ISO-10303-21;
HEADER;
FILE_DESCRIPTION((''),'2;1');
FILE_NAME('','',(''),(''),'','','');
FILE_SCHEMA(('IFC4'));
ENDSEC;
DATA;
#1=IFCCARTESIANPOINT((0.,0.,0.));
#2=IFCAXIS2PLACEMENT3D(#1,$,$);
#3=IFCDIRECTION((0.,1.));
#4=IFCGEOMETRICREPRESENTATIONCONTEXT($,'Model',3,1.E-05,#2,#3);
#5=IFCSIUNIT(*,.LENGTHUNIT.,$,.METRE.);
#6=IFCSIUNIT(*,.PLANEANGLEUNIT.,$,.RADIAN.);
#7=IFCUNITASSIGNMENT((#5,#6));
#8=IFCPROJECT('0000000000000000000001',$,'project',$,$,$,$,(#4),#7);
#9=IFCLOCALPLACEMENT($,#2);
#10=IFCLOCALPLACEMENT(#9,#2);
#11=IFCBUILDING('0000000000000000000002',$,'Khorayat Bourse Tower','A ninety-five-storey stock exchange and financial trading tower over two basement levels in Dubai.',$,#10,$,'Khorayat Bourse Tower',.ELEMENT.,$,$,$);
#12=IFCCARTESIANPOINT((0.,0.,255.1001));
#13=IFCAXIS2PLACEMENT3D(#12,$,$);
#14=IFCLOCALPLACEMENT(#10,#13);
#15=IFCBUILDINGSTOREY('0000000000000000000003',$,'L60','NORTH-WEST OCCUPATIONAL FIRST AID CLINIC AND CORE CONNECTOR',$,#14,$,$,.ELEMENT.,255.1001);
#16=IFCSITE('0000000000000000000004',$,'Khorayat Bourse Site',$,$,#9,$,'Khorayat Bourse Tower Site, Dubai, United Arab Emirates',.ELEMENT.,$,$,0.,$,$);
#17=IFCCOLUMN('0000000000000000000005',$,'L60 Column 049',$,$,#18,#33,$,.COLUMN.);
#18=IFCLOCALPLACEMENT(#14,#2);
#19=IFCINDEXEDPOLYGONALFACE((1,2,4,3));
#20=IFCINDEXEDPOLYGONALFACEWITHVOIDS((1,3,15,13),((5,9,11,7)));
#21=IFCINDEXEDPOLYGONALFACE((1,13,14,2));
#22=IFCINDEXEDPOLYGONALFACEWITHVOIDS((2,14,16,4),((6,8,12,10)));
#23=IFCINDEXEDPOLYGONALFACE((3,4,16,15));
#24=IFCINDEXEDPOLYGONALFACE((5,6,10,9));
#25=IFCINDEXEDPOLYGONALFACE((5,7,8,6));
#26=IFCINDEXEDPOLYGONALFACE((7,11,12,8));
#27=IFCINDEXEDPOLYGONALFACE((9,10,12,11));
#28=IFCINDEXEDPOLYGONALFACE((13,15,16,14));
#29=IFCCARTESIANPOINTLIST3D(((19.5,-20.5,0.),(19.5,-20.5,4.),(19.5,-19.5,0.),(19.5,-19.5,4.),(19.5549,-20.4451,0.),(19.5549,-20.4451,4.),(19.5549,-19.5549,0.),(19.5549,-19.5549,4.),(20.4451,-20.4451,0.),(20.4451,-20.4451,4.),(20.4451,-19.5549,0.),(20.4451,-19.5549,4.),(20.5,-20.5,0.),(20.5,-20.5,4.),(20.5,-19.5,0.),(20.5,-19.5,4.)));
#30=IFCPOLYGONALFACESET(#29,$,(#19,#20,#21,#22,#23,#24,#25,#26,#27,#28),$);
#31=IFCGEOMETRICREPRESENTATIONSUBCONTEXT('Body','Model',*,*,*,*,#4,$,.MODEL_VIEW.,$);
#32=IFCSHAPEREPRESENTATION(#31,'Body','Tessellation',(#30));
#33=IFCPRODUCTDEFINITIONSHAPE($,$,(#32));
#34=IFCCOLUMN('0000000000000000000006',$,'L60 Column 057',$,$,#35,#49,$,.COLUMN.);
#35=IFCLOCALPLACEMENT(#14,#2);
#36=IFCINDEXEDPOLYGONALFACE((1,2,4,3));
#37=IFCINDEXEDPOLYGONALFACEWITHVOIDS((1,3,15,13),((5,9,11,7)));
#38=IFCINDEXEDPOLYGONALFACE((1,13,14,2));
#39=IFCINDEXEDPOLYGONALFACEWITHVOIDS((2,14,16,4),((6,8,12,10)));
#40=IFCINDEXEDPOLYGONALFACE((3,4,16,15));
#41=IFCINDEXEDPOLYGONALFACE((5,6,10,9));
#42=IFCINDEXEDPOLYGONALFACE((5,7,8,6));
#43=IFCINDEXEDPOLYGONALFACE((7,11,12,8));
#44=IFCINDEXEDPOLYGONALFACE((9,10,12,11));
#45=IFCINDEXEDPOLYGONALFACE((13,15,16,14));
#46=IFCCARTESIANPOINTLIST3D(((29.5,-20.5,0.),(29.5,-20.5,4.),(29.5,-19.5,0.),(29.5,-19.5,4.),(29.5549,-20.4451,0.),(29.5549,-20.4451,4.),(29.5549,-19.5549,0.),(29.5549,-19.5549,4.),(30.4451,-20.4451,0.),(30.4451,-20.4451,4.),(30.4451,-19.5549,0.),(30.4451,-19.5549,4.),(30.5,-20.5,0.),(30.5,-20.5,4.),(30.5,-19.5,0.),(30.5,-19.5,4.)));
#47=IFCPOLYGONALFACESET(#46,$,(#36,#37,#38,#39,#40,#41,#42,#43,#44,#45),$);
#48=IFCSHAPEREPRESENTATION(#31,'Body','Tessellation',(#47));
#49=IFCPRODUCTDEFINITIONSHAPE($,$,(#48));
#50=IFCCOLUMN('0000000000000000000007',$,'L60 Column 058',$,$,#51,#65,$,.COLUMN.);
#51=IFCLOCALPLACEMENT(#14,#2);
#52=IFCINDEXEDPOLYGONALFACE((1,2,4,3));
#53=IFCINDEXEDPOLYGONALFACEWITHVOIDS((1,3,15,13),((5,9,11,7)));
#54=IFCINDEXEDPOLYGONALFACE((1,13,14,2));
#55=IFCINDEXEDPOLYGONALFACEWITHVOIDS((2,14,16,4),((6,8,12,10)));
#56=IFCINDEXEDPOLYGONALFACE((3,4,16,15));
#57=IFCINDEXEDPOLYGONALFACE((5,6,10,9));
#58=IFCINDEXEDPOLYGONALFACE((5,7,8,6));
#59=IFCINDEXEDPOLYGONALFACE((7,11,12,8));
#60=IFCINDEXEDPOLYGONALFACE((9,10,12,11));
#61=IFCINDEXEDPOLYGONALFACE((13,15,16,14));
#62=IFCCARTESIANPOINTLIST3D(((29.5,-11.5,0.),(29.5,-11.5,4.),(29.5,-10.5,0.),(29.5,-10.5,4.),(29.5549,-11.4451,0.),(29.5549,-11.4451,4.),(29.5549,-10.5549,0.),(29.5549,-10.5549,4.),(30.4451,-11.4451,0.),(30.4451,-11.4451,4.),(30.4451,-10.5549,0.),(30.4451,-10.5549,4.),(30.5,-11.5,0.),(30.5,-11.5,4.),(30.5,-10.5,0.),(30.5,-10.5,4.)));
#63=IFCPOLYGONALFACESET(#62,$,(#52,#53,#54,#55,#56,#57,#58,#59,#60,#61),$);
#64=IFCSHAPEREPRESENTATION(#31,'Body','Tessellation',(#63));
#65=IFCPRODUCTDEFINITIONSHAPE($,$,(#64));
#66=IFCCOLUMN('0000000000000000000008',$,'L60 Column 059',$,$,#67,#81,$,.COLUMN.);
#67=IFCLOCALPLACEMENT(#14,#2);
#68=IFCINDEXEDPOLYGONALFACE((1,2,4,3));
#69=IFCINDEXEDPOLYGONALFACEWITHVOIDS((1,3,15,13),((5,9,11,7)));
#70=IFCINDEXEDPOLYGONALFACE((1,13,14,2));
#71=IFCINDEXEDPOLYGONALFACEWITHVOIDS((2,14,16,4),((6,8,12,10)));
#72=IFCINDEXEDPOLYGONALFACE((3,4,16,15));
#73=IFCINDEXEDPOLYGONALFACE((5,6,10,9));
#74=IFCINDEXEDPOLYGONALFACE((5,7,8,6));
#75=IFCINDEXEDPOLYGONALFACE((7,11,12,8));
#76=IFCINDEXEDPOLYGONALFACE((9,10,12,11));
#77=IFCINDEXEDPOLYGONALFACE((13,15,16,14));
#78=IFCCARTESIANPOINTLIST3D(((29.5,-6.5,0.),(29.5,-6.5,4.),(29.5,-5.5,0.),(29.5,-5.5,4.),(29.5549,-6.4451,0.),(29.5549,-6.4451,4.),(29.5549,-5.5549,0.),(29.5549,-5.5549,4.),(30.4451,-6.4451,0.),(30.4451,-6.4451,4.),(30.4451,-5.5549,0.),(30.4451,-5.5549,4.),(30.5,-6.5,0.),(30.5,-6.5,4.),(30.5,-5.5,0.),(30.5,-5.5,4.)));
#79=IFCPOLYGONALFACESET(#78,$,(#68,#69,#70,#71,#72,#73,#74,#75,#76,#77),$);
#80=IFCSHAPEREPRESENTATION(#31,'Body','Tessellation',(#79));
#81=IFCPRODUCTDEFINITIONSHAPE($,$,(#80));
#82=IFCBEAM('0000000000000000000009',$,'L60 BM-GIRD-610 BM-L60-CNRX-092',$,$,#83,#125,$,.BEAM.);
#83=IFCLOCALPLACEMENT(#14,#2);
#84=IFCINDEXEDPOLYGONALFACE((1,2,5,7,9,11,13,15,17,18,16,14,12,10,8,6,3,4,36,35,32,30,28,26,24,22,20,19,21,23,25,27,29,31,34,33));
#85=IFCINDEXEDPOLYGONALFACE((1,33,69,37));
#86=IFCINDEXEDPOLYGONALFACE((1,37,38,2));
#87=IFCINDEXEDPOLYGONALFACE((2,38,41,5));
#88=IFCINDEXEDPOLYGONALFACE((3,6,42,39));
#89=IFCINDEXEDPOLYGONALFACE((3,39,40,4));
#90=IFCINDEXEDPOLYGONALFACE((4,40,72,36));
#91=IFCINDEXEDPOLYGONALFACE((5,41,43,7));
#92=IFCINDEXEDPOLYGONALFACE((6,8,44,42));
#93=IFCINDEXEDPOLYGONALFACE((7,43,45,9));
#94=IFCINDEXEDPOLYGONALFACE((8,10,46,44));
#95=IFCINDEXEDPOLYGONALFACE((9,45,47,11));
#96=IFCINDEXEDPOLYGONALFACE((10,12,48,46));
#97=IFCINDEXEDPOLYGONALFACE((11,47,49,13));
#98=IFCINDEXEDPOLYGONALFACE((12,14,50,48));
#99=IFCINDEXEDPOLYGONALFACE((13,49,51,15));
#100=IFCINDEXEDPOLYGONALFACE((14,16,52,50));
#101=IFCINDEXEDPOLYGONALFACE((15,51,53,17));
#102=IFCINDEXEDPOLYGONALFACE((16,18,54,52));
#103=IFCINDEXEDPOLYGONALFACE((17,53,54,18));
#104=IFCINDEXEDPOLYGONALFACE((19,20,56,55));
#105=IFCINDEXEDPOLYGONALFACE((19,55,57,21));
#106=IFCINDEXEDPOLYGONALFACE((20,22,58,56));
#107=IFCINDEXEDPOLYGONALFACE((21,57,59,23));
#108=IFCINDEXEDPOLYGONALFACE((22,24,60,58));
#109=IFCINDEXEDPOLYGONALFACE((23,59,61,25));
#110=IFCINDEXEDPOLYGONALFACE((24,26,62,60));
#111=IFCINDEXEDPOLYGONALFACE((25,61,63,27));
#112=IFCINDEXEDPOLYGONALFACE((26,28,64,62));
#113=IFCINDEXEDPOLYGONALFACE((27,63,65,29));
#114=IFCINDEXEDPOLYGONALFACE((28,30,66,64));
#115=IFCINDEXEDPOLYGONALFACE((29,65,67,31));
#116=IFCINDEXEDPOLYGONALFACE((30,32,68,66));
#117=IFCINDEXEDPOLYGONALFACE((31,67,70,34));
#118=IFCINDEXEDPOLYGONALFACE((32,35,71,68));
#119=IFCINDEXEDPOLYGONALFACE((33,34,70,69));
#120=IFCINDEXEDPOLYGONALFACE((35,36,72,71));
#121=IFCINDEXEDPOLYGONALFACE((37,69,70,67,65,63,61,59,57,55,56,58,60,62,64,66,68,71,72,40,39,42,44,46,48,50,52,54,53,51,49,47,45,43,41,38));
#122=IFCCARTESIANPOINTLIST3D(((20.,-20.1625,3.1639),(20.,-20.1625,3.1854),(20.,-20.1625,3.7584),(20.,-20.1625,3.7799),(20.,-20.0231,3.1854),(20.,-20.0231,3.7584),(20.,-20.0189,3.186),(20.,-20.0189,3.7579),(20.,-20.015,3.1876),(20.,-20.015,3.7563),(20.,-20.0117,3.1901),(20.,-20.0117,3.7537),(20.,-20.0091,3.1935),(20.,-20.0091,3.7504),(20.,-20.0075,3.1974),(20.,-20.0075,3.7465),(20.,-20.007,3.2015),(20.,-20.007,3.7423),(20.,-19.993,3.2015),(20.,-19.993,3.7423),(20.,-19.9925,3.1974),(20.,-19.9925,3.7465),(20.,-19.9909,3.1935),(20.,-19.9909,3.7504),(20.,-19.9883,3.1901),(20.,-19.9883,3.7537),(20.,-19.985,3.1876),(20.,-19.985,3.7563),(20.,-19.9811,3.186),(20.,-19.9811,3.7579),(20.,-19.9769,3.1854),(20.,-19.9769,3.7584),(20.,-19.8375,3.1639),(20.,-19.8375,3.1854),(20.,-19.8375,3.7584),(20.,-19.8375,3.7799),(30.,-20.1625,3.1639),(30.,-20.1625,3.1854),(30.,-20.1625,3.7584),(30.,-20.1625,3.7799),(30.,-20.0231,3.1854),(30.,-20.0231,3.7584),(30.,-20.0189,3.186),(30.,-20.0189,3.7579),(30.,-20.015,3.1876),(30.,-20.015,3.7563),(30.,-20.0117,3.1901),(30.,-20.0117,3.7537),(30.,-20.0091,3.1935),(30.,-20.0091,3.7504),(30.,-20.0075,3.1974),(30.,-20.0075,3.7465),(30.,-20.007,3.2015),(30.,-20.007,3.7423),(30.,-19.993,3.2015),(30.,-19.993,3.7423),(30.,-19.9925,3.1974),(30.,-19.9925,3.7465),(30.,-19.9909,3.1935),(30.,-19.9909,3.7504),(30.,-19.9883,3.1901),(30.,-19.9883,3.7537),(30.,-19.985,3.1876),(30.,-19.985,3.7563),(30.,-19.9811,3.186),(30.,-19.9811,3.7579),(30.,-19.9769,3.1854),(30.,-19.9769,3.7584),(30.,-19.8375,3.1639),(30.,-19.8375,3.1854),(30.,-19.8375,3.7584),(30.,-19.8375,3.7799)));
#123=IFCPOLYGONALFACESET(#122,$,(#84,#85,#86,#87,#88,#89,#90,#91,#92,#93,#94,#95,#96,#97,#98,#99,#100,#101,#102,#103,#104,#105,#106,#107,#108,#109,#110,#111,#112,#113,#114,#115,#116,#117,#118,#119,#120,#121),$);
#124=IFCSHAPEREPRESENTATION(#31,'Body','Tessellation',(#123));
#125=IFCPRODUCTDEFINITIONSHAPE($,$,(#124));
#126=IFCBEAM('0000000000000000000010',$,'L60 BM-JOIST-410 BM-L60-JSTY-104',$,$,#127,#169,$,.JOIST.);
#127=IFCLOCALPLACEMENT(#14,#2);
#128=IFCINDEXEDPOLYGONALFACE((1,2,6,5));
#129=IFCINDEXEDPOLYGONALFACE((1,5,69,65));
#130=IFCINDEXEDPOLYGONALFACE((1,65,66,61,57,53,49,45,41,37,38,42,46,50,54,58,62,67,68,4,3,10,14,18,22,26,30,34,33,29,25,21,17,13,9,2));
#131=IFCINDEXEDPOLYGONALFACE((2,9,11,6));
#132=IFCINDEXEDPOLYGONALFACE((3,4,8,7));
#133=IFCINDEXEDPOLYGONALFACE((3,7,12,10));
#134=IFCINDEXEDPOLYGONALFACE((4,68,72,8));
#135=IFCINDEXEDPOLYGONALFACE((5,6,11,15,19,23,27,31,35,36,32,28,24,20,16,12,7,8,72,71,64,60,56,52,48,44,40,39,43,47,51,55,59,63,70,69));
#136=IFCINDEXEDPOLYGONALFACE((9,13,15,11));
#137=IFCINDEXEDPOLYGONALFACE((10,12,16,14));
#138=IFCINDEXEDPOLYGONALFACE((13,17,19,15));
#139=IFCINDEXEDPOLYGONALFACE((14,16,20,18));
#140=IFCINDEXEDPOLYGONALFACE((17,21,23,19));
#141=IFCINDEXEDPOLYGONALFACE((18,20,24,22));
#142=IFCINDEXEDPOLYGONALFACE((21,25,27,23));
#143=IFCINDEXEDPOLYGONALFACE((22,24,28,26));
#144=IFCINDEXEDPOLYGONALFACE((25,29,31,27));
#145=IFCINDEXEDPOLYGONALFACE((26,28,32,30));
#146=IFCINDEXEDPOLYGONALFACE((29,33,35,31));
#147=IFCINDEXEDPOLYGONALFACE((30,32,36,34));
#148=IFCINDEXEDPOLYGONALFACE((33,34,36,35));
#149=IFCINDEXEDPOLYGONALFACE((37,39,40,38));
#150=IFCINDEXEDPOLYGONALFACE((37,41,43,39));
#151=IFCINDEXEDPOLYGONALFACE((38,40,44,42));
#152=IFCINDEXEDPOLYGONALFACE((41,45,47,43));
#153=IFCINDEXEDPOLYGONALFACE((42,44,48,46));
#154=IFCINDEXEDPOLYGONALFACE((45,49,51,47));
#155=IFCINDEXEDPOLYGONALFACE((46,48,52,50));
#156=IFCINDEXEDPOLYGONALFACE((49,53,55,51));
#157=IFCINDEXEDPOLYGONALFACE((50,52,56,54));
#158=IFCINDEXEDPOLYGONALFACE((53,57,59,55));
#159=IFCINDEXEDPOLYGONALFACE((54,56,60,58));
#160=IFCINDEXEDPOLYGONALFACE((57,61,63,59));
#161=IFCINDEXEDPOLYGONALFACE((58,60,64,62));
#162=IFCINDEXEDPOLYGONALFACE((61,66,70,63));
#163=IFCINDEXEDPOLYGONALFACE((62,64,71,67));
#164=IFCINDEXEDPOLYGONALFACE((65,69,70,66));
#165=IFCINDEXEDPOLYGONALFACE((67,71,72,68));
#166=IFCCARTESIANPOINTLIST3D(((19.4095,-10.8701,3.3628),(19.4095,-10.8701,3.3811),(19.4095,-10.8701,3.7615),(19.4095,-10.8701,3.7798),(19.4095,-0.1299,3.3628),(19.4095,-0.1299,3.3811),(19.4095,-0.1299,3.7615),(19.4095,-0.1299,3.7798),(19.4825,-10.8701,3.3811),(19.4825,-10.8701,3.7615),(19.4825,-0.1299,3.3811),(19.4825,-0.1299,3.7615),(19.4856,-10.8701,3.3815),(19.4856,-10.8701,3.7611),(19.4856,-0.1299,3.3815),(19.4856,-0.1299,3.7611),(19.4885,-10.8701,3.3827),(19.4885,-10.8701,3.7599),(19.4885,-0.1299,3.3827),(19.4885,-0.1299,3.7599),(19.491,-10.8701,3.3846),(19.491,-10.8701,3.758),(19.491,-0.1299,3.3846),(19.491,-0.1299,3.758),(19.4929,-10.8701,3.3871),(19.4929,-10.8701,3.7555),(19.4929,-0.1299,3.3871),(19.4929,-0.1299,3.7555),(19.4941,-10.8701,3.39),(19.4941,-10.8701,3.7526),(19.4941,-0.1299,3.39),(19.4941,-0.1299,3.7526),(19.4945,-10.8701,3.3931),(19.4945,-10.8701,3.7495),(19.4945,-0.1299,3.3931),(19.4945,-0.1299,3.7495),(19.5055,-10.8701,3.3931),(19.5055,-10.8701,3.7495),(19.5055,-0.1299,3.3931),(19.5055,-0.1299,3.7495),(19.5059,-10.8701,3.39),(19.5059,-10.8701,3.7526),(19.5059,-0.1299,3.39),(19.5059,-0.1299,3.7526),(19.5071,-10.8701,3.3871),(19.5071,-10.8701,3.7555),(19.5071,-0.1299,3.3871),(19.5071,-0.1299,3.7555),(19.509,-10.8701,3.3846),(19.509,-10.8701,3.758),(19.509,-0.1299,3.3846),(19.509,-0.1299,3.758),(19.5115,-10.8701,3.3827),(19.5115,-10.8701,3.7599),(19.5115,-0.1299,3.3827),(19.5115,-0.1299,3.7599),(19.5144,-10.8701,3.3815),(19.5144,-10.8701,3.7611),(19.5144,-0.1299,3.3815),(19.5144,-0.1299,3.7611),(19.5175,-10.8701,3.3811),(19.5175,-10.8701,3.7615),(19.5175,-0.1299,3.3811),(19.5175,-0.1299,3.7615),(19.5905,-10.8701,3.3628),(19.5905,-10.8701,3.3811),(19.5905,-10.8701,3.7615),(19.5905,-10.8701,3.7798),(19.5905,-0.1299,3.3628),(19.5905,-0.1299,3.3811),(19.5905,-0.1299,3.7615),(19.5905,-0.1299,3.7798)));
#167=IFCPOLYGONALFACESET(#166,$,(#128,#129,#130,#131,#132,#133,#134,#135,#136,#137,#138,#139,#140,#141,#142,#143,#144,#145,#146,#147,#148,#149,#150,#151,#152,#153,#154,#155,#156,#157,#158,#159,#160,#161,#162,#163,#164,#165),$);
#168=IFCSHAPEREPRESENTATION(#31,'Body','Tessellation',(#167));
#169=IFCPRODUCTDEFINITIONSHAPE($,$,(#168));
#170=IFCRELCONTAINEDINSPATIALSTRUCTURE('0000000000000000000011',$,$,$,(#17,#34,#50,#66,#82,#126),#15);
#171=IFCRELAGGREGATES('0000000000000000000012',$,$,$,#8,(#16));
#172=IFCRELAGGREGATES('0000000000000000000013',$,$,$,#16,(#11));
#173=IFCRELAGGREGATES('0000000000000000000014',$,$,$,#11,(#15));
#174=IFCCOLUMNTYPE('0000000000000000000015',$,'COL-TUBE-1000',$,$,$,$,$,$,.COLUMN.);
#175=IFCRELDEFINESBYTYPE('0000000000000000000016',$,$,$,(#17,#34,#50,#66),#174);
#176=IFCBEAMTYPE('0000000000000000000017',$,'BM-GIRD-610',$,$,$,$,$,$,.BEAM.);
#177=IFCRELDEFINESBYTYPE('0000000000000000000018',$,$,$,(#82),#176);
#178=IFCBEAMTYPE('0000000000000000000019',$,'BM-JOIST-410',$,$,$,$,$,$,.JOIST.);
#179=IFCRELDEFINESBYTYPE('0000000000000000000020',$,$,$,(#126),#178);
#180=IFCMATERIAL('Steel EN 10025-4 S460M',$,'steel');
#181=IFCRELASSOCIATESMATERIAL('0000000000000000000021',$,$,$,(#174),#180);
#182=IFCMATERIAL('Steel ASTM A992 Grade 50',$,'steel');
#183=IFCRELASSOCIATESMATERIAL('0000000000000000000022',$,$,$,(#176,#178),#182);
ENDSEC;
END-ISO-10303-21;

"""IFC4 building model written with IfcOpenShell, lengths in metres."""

from ifc_helpers import new_model, si_unit, direction, frame, origin, origin_2d, place, context, subcontext, project, spatial, hollow_rectangle, i_section, extrude, source, transform, mapped, material, material_profile, profile_set, type_object, element, save


model = new_model("IFC4")

# Units and contexts
model_context = context("Model", 3, precision=1e-05, world=origin(), true_north=direction((0.0, 1.0)))
body_context = subcontext(model_context, "Body", "Model", "MODEL_VIEW")
ifc_project = project(units=[si_unit("LENGTHUNIT", "METRE"), si_unit("PLANEANGLEUNIT", "RADIAN")], contexts=[model_context])

# Site, building, storey
site_placement = place(None, origin())
site = spatial("IfcSite", under=ifc_project, at=site_placement, Name="Khorayat Bourse Site", LongName="Khorayat Bourse Tower Site, Dubai, United Arab Emirates", CompositionType="ELEMENT", RefElevation=0.0)
building_placement = place(site_placement, origin())
building = spatial("IfcBuilding", under=site, at=building_placement, Name="Khorayat Bourse Tower", Description="A ninety-five-storey stock exchange and financial trading tower over two basement levels in Dubai.", LongName="Khorayat Bourse Tower", CompositionType="ELEMENT")
storey_placement = place(building_placement, frame((0.0, 0.0, 255.1001)))
storey = spatial("IfcBuildingStorey", under=building, at=storey_placement, Name="L60", Description="NORTH-WEST OCCUPATIONAL FIRST AID CLINIC AND CORE CONNECTOR", CompositionType="ELEMENT", Elevation=255.1001)

# Columns
ifc_material_1 = material(Name="Steel EN 10025-4 S460M", Category="steel")
ifc_material_profile_1 = material_profile(ifc_material_1, hollow_rectangle(XDim=1.0, YDim=1.0, WallThickness=0.0549, at=origin_2d()), Name="BOX 1000x1000x55")
ifc_profile_set_1 = profile_set([ifc_material_profile_1], Name="Steel EN 10025-4 S460M")
column_type = type_object("IfcColumnType", Name="COL-TUBE-1000", PredefinedType="COLUMN", material=ifc_profile_set_1)
shared_shape_1 = source(origin(), body_context, "Body", "SweptSolid", [
    extrude(hollow_rectangle(XDim=1.0, YDim=1.0, WallThickness=0.0549, at=origin_2d()), origin(), (0.0, 0.0, 1.0), 4.0),
])
for number, where, z_axis, x_axis, name in (
    (1, (20.0, -20.0, 0.0), (0.0, 0.0, 1.0), (1.0, 0.0, 0.0), "L60 Column 049"),
    (2, (30.0, -20.0, 0.0), (0.0, 0.0, 1.0), (1.0, 0.0, 0.0), "L60 Column 057"),
    (3, (30.0, -11.0, 0.0), (0.0, 0.0, 1.0), (1.0, 0.0, 0.0), "L60 Column 058"),
    (4, (30.0, -6.0, 0.0), (0.0, 0.0, 1.0), (1.0, 0.0, 0.0), "L60 Column 059"),
):
    element("IfcColumn", number, at=place(storey_placement, frame(where, z_axis=z_axis, x_axis=x_axis)), inside=storey, type_object=column_type, Name=name, PredefinedType="COLUMN", context=body_context, shape_type="MappedRepresentation", body=[
        mapped(shared_shape_1, transform((0.0, 0.0, 0.0), scale=1.0)),
    ])

# Beams
ifc_material_2 = material(Name="Steel ASTM A992 Grade 50", Category="steel")
ifc_material_profile_2 = material_profile(ifc_material_2, i_section(OverallWidth=0.325, OverallDepth=0.616, WebThickness=0.0139, FlangeThickness=0.0215, FilletRadius=0.0161, at=origin_2d()), Name="W610X174")
ifc_profile_set_2 = profile_set([ifc_material_profile_2], Name="Steel ASTM A992 Grade 50")
beam_type_1 = type_object("IfcBeamType", Name="BM-GIRD-610", PredefinedType="BEAM", material=ifc_profile_set_2)
shared_shape_2 = source(origin(), body_context, "Body", "SweptSolid", [
    extrude(i_section(OverallWidth=0.325, OverallDepth=0.616, WebThickness=0.0139, FlangeThickness=0.0215, FilletRadius=0.0161, at=origin_2d()), origin(), (0.0, 0.0, 1.0), 10.0),
])
beam_1_placement = place(storey_placement, frame((20.0, -20.0, 3.4719), z_axis=(1.0, 0.0, 0.0), x_axis=(0.0, 1.0, 0.0)))
element("IfcBeam", 5, at=beam_1_placement, inside=storey, type_object=beam_type_1, Name="L60 BM-GIRD-610 BM-L60-CNRX-092", PredefinedType="BEAM", context=body_context, shape_type="MappedRepresentation", body=[
    mapped(shared_shape_2, transform((0.0, 0.0, 0.0), scale=1.0)),
])
ifc_material_profile_3 = material_profile(ifc_material_2, i_section(OverallWidth=0.1809, OverallDepth=0.417, WebThickness=0.011, FlangeThickness=0.0183, FilletRadius=0.012, at=origin_2d()), Name="W410X85")
ifc_profile_set_3 = profile_set([ifc_material_profile_3], Name="Steel ASTM A992 Grade 50")
beam_type_2 = type_object("IfcBeamType", Name="BM-JOIST-410", PredefinedType="JOIST", material=ifc_profile_set_3)
shared_shape_3 = source(origin(), body_context, "Body", "SweptSolid", [
    extrude(i_section(OverallWidth=0.1809, OverallDepth=0.417, WebThickness=0.011, FlangeThickness=0.0183, FilletRadius=0.012, at=origin_2d()), origin(), (0.0, 0.0, 1.0), 10.7402),
])
beam_2_placement = place(storey_placement, frame((19.5, -10.8701, 3.5713), z_axis=(0.0, 1.0, 0.0), x_axis=(-1.0, 0.0, 0.0)))
element("IfcBeam", 6, at=beam_2_placement, inside=storey, type_object=beam_type_2, Name="L60 BM-JOIST-410 BM-L60-JSTY-104", PredefinedType="JOIST", context=body_context, shape_type="MappedRepresentation", body=[
    mapped(shared_shape_3, transform((0.0, 0.0, 0.0), scale=1.0)),
])

save(model, "model.ifc")
